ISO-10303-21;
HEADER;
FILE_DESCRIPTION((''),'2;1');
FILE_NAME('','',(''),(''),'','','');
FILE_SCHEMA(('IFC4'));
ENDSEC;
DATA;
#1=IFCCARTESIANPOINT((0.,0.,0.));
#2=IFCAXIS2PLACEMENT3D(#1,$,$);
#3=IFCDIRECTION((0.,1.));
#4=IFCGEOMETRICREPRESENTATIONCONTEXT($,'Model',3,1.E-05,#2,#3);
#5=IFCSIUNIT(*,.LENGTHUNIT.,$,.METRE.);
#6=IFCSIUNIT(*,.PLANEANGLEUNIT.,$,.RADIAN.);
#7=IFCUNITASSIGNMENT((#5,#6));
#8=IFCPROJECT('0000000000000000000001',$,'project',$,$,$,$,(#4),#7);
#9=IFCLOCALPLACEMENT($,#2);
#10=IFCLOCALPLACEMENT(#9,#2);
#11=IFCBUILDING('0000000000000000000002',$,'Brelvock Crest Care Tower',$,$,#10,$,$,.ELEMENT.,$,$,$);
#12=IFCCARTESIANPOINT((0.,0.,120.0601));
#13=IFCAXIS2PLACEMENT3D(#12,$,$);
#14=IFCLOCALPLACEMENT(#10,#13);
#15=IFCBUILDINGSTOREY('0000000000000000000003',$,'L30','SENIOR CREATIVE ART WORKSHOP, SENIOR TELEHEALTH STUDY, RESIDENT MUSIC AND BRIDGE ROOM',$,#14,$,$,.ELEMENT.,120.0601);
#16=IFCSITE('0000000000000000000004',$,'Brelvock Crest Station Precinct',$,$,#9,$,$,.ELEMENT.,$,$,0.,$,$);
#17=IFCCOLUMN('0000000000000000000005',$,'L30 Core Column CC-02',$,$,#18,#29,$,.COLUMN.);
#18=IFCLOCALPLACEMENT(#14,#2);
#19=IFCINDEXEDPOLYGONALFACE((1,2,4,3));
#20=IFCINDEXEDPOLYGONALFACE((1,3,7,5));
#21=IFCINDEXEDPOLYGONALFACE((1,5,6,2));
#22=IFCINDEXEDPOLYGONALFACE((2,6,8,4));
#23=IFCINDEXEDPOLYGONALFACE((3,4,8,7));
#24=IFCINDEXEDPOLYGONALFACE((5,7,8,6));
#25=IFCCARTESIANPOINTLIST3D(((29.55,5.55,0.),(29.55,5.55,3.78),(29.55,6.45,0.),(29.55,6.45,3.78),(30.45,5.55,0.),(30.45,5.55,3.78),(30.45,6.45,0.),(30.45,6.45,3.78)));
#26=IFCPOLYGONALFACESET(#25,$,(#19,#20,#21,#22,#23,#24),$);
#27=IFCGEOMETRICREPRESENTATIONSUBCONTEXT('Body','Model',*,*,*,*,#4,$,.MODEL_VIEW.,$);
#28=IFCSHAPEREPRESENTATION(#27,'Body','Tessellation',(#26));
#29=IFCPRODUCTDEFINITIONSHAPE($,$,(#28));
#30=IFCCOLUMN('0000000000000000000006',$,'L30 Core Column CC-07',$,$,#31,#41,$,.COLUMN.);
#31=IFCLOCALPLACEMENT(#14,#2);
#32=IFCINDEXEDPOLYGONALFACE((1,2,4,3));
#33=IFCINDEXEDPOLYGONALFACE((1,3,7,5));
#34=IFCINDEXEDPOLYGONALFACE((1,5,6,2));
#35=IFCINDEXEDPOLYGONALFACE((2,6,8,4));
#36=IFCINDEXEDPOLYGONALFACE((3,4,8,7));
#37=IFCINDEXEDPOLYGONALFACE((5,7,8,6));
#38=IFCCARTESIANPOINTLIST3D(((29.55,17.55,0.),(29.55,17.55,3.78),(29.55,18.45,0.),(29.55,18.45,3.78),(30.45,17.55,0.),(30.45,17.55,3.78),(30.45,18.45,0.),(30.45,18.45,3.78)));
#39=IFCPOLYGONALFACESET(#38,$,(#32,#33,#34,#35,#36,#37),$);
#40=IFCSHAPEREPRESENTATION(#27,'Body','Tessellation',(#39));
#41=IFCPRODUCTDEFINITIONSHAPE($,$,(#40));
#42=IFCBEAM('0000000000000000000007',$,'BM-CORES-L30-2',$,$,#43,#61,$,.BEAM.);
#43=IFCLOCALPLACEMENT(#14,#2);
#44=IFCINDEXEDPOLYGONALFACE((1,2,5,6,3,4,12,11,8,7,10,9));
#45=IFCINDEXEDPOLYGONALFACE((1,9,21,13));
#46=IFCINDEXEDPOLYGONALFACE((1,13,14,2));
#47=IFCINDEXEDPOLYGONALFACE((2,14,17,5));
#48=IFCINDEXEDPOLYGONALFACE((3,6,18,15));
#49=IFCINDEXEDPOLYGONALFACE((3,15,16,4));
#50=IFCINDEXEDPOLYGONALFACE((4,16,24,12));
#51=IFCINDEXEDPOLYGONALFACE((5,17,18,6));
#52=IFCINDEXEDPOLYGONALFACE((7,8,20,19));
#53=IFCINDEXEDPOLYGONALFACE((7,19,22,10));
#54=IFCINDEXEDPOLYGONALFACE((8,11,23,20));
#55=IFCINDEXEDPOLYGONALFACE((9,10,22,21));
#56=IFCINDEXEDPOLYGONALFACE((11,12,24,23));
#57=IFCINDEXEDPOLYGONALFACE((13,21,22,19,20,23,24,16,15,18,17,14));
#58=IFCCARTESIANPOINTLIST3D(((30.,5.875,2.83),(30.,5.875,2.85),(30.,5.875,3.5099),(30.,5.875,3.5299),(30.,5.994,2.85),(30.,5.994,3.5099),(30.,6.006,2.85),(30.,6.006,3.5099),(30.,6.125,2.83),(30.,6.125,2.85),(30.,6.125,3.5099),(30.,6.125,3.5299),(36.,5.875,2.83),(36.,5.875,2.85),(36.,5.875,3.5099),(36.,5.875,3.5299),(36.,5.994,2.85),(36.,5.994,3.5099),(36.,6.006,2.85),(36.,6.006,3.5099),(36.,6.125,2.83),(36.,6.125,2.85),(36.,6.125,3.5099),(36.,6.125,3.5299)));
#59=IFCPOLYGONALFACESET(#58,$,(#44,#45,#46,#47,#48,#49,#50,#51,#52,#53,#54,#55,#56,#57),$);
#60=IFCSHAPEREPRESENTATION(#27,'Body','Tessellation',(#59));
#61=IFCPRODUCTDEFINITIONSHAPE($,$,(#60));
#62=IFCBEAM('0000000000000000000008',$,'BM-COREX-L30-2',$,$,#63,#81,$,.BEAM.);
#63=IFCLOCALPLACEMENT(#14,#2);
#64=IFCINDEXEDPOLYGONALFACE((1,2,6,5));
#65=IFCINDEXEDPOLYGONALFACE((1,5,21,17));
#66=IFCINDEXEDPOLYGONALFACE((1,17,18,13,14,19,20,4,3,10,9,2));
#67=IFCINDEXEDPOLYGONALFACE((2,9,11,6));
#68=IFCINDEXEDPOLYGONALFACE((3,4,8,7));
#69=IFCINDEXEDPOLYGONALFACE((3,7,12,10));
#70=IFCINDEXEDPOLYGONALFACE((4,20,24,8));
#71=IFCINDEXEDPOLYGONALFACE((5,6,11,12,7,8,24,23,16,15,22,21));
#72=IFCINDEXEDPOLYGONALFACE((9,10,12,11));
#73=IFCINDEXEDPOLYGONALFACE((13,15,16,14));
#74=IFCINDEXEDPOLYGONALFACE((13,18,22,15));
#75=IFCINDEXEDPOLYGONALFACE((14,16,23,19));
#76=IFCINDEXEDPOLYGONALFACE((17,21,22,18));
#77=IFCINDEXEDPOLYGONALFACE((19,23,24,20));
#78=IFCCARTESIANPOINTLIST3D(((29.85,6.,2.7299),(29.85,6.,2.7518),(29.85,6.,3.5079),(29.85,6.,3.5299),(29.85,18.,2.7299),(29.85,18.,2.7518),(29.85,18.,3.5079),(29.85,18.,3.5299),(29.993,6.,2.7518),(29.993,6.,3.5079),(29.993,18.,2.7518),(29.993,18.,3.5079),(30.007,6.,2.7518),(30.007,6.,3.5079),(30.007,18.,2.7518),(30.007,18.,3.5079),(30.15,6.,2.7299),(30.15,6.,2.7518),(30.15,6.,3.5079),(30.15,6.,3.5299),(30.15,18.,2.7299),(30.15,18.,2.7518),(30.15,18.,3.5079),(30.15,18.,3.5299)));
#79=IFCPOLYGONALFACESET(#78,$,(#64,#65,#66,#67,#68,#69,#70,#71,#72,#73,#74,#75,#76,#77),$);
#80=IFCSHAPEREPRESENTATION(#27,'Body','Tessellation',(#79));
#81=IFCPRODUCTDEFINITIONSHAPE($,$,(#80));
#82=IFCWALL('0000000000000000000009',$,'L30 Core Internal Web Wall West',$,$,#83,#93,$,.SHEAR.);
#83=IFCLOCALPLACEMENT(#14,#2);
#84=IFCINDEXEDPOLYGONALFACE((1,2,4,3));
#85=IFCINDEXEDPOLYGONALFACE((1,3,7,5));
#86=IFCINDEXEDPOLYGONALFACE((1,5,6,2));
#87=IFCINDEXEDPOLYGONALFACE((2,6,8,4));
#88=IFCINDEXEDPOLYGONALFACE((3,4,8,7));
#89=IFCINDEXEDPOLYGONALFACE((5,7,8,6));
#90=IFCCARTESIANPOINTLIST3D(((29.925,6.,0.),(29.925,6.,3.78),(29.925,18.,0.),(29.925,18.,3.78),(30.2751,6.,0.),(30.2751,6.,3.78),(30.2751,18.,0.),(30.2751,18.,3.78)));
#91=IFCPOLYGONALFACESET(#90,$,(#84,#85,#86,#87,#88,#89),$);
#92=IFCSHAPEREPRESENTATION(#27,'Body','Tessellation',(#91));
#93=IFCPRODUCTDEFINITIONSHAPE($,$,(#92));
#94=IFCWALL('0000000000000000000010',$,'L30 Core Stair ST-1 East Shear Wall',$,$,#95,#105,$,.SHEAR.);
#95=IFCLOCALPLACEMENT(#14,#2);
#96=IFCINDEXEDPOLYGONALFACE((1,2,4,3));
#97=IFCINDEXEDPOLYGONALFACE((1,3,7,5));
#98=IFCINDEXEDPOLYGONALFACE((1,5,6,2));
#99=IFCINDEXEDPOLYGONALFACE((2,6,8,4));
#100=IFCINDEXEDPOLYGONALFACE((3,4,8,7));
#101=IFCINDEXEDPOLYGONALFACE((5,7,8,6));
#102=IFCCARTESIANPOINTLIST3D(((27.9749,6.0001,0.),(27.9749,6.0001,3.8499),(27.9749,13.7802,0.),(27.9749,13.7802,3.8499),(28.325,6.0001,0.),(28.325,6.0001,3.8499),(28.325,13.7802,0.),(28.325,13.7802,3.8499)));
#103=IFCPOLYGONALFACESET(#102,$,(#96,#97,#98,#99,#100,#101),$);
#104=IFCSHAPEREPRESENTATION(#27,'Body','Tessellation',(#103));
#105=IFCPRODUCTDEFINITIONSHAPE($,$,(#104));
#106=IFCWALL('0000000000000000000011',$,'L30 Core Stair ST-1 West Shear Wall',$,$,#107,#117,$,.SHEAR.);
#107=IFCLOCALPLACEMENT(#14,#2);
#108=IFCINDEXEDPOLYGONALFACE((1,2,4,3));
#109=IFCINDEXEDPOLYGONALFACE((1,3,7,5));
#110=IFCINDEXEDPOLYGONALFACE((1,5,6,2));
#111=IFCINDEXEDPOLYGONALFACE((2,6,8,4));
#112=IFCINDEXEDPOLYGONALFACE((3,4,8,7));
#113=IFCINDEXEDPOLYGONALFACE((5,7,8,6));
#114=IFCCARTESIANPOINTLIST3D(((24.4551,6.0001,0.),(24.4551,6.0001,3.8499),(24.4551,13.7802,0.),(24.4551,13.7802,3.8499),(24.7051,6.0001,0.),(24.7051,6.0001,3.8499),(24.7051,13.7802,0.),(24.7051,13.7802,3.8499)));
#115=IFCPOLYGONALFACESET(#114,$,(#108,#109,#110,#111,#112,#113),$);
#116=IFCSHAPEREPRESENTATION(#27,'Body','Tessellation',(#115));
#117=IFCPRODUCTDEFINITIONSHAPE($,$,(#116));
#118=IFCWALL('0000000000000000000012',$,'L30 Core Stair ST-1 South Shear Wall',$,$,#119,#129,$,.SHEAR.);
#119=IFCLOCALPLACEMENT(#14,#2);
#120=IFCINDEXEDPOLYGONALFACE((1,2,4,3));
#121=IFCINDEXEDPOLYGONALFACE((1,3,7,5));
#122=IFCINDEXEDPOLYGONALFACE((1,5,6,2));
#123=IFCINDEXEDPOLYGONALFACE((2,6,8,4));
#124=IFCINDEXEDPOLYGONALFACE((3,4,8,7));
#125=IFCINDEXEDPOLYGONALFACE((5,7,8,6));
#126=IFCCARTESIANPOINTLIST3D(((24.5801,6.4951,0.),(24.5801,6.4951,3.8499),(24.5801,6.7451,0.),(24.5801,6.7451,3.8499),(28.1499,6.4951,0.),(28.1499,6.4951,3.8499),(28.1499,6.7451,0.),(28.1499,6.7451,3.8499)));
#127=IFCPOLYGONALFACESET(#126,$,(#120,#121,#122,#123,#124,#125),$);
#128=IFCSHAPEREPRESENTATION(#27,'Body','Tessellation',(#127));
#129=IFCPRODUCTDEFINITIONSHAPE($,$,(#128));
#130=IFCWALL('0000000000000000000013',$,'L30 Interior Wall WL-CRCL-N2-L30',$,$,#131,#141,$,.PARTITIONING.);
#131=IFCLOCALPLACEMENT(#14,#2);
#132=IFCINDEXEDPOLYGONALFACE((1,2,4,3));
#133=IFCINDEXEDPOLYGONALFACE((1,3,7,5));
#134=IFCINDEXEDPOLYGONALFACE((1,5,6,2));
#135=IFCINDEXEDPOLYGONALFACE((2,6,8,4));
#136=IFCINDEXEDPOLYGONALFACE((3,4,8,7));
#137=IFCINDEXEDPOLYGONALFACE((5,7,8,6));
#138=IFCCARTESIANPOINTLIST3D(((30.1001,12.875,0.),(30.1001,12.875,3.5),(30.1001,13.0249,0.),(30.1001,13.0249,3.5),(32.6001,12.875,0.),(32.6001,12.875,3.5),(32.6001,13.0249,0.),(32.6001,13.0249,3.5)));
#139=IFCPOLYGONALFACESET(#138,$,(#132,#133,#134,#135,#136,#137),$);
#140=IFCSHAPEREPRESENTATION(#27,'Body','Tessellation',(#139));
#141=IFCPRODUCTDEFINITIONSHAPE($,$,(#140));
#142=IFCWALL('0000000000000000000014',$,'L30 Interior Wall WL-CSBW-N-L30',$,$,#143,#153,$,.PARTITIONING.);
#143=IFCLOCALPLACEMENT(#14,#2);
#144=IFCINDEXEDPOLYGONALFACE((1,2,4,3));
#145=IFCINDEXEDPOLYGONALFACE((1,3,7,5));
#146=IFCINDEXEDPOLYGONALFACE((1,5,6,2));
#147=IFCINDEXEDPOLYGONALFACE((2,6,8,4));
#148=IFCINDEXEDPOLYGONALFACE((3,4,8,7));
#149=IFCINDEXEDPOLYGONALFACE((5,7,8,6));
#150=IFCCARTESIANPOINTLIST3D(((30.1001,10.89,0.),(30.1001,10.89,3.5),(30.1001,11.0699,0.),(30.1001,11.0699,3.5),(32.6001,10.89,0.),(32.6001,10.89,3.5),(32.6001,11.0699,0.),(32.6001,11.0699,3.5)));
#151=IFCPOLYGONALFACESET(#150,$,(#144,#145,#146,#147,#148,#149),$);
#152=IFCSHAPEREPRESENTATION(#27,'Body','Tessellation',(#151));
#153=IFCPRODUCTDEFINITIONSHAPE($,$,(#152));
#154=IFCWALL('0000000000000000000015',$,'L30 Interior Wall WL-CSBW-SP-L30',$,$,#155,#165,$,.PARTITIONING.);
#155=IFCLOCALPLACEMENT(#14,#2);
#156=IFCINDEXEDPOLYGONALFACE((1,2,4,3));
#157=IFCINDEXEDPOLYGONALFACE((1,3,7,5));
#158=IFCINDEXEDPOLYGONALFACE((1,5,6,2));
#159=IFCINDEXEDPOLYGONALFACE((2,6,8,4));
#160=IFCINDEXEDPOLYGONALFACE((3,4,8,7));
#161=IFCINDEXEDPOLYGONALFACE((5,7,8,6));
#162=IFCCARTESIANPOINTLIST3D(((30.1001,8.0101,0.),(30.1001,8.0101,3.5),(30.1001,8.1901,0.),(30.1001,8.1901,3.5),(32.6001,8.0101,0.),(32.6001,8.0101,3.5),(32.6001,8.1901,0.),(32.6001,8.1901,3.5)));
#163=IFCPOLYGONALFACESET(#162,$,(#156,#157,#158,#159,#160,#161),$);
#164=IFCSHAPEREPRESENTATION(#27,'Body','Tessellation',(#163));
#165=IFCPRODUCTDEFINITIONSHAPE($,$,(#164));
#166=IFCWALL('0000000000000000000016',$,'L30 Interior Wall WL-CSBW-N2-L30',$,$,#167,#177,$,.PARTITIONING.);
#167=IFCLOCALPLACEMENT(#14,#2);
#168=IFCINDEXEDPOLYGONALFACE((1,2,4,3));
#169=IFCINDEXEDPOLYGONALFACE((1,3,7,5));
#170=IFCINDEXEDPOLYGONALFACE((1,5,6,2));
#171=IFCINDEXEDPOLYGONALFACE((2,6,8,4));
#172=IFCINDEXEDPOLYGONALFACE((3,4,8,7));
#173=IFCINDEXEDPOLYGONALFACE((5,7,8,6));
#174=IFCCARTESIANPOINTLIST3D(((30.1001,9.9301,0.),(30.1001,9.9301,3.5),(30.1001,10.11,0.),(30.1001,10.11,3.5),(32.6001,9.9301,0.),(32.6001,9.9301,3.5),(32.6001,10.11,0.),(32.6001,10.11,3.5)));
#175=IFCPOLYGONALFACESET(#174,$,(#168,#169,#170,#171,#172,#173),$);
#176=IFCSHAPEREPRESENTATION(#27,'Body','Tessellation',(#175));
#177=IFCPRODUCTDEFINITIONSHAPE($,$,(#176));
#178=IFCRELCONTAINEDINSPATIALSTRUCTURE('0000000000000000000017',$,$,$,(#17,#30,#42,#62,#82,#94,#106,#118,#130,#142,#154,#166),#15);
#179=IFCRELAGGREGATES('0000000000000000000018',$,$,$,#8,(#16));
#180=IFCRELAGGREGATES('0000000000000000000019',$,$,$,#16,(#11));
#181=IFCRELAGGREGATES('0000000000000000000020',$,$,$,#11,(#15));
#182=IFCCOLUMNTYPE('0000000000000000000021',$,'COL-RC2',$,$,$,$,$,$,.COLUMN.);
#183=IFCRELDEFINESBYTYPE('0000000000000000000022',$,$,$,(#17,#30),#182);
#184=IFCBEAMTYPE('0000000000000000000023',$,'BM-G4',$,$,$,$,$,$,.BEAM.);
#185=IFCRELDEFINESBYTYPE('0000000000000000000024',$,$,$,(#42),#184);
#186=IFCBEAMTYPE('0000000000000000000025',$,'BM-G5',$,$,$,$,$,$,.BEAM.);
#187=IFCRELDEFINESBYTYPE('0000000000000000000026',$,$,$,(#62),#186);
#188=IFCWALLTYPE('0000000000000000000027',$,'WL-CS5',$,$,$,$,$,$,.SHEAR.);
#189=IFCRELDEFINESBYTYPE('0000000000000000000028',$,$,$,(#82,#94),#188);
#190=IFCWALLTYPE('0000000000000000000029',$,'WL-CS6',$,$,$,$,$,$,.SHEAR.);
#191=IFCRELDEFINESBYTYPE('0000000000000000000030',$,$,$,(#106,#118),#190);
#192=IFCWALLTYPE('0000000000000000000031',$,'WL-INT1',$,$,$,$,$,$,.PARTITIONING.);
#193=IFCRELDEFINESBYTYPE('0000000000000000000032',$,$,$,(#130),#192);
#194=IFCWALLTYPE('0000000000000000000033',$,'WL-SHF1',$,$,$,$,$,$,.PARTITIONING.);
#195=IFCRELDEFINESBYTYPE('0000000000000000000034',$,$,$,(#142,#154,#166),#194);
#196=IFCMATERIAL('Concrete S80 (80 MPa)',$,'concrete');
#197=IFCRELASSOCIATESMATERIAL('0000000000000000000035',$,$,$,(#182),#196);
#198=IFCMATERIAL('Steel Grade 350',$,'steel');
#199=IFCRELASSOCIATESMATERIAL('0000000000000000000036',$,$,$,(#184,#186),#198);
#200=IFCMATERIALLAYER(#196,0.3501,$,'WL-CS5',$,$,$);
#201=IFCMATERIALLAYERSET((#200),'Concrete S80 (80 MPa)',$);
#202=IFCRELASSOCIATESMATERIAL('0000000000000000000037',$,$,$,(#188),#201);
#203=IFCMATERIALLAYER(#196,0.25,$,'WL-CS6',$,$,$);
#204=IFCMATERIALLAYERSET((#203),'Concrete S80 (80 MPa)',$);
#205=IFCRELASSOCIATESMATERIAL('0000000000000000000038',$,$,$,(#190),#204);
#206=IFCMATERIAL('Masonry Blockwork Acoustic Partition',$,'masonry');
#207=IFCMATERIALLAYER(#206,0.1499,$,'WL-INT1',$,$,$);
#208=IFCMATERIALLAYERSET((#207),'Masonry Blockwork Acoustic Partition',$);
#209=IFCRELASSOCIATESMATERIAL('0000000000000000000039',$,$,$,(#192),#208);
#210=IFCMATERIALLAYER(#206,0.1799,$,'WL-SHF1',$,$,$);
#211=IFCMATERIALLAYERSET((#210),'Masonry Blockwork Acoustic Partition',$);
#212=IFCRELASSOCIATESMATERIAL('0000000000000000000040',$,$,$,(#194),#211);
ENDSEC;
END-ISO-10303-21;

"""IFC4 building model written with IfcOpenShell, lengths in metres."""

from ifc_helpers import new_model, si_unit, direction, frame, frame_2d, origin, origin_2d, place, context, subcontext, project, spatial, rectangle, i_section, extrude, source, transform, mapped, material, layer, layer_set, material_profile, profile_set, type_object, element, save


model = new_model("IFC4")

# Units and contexts
model_context = context("Model", 3, precision=1e-05, world=origin(), true_north=direction((0.0, 1.0)))
body_context = subcontext(model_context, "Body", "Model", "MODEL_VIEW")
ifc_project = project(units=[si_unit("LENGTHUNIT", "METRE"), si_unit("PLANEANGLEUNIT", "RADIAN")], contexts=[model_context])

# Site, building, storey
site_placement = place(None, origin())
site = spatial("IfcSite", under=ifc_project, at=site_placement, Name="Brelvock Crest Station Precinct", CompositionType="ELEMENT", RefElevation=0.0)
building_placement = place(site_placement, origin())
building = spatial("IfcBuilding", under=site, at=building_placement, Name="Brelvock Crest Care Tower", CompositionType="ELEMENT")
storey_placement = place(building_placement, frame((0.0, 0.0, 120.0601)))
storey = spatial("IfcBuildingStorey", under=building, at=storey_placement, Name="L30", Description="SENIOR CREATIVE ART WORKSHOP, SENIOR TELEHEALTH STUDY, RESIDENT MUSIC AND BRIDGE ROOM", CompositionType="ELEMENT", Elevation=120.0601)

# Columns
ifc_material_1 = material(Name="Concrete S80 (80 MPa)", Category="concrete")
ifc_material_profile_1 = material_profile(ifc_material_1, rectangle(XDim=0.8999, YDim=0.8999, at=origin_2d()), Name="RC900x900")
ifc_profile_set_1 = profile_set([ifc_material_profile_1], Name="Concrete S80 (80 MPa)")
column_type = type_object("IfcColumnType", Name="COL-RC2", PredefinedType="COLUMN", material=ifc_profile_set_1)
shared_shape_1 = source(origin(), body_context, "Body", "SweptSolid", [
    extrude(rectangle(XDim=0.8999, YDim=0.8999, at=origin_2d()), origin(), (0.0, 0.0, 1.0), 3.78),
])
for number, where, z_axis, x_axis, name in (
    (1, (30.0, 6.0, 0.0), (0.0, 0.0, 1.0), (1.0, 0.0, 0.0), "L30 Core Column CC-02"),
    (2, (30.0, 18.0, 0.0), (0.0, 0.0, 1.0), (1.0, 0.0, 0.0), "L30 Core Column CC-07"),
):
    element("IfcColumn", number, at=place(storey_placement, frame(where, z_axis=z_axis, x_axis=x_axis)), inside=storey, type_object=column_type, Name=name, PredefinedType="COLUMN", context=body_context, shape_type="MappedRepresentation", body=[
        mapped(shared_shape_1, transform((0.0, 0.0, 0.0), x_axis=(1.0, 0.0, 0.0), y_axis=(0.0, 1.0, 0.0), z_axis=(0.0, 0.0, 1.0), scale=1.0)),
    ])

# Beams
ifc_material_2 = material(Name="Steel Grade 350", Category="steel")
ifc_material_profile_2 = material_profile(ifc_material_2, i_section(OverallWidth=0.25, OverallDepth=0.7, WebThickness=0.012, FlangeThickness=0.02, at=origin_2d()), Name="700WB150")
ifc_profile_set_2 = profile_set([ifc_material_profile_2], Name="Steel Grade 350")
beam_type_1 = type_object("IfcBeamType", Name="BM-G4", PredefinedType="BEAM", material=ifc_profile_set_2)
shared_shape_2 = source(origin(), body_context, "Body", "SweptSolid", [
    extrude(i_section(OverallWidth=0.25, OverallDepth=0.7, WebThickness=0.012, FlangeThickness=0.02, at=origin_2d()), origin(), (0.0, 0.0, 1.0), 6.0),
])
beam_1_placement = place(storey_placement, frame((30.0, 6.0, 3.1799), z_axis=(1.0, 0.0, 0.0), x_axis=(0.0, 1.0, 0.0)))
element("IfcBeam", 3, at=beam_1_placement, inside=storey, type_object=beam_type_1, Name="BM-CORES-L30-2", PredefinedType="BEAM", context=body_context, shape_type="MappedRepresentation", body=[
    mapped(shared_shape_2, transform((0.0, 0.0, 0.0), x_axis=(1.0, 0.0, 0.0), y_axis=(0.0, 1.0, 0.0), z_axis=(0.0, 0.0, 1.0), scale=1.0)),
])
ifc_material_profile_3 = material_profile(ifc_material_2, i_section(OverallWidth=0.3, OverallDepth=0.8, WebThickness=0.0139, FlangeThickness=0.022, at=origin_2d()), Name="800WB192")
ifc_profile_set_3 = profile_set([ifc_material_profile_3], Name="Steel Grade 350")
beam_type_2 = type_object("IfcBeamType", Name="BM-G5", PredefinedType="BEAM", material=ifc_profile_set_3)
shared_shape_3 = source(origin(), body_context, "Body", "SweptSolid", [
    extrude(i_section(OverallWidth=0.3, OverallDepth=0.8, WebThickness=0.0139, FlangeThickness=0.022, at=origin_2d()), origin(), (0.0, 0.0, 1.0), 12.0),
])
beam_2_placement = place(storey_placement, frame((30.0, 6.0, 3.1299), z_axis=(0.0, 1.0, 0.0), x_axis=(-1.0, 0.0, 0.0)))
element("IfcBeam", 4, at=beam_2_placement, inside=storey, type_object=beam_type_2, Name="BM-COREX-L30-2", PredefinedType="BEAM", context=body_context, shape_type="MappedRepresentation", body=[
    mapped(shared_shape_3, transform((0.0, 0.0, 0.0), x_axis=(1.0, 0.0, 0.0), y_axis=(0.0, 1.0, 0.0), z_axis=(0.0, 0.0, 1.0), scale=1.0)),
])

# Walls
ifc_layer_1 = layer(ifc_material_1, 0.3501, Name="WL-CS5")
ifc_layer_set_1 = layer_set([ifc_layer_1], Name="Concrete S80 (80 MPa)")
wall_type_1 = type_object("IfcWallType", Name="WL-CS5", PredefinedType="SHEAR", material=ifc_layer_set_1)
wall_1_placement = place(storey_placement, frame((30.1001, 6.0, 0.0), z_axis=(0.0, 0.0, 1.0), x_axis=(0.0, 1.0, 0.0)))
element("IfcWall", 5, at=wall_1_placement, inside=storey, type_object=wall_type_1, Name="L30 Core Internal Web Wall West", PredefinedType="SHEAR", context=body_context, shape_type="SweptSolid", body=[
    extrude(rectangle(XDim=12.0, YDim=0.3501, at=frame_2d((6.0, 0.0))), origin(), (0.0, 0.0, 1.0), 3.78),
])
wall_2_placement = place(storey_placement, frame((28.1499, 6.0, 0.0), z_axis=(0.0, 0.0, 1.0), x_axis=(0.0, 1.0, 0.0)))
element("IfcWall", 6, at=wall_2_placement, inside=storey, type_object=wall_type_1, Name="L30 Core Stair ST-1 East Shear Wall", PredefinedType="SHEAR", context=body_context, shape_type="SweptSolid", body=[
    extrude(rectangle(XDim=7.78, YDim=0.3501, at=frame_2d((3.8901, 0.0))), origin(), (0.0, 0.0, 1.0), 3.8499),
])
ifc_layer_2 = layer(ifc_material_1, 0.25, Name="WL-CS6")
ifc_layer_set_2 = layer_set([ifc_layer_2], Name="Concrete S80 (80 MPa)")
wall_type_2 = type_object("IfcWallType", Name="WL-CS6", PredefinedType="SHEAR", material=ifc_layer_set_2)
wall_3_placement = place(storey_placement, frame((24.5801, 6.0, 0.0), z_axis=(0.0, 0.0, 1.0), x_axis=(0.0, 1.0, 0.0)))
element("IfcWall", 7, at=wall_3_placement, inside=storey, type_object=wall_type_2, Name="L30 Core Stair ST-1 West Shear Wall", PredefinedType="SHEAR", context=body_context, shape_type="SweptSolid", body=[
    extrude(rectangle(XDim=7.78, YDim=0.25, at=frame_2d((3.8901, 0.0))), origin(), (0.0, 0.0, 1.0), 3.8499),
])
wall_4_placement = place(storey_placement, frame((24.5801, 6.6201, 0.0), z_axis=(0.0, 0.0, 1.0), x_axis=(1.0, 0.0, 0.0)))
element("IfcWall", 8, at=wall_4_placement, inside=storey, type_object=wall_type_2, Name="L30 Core Stair ST-1 South Shear Wall", PredefinedType="SHEAR", context=body_context, shape_type="SweptSolid", body=[
    extrude(rectangle(XDim=3.5698, YDim=0.25, at=frame_2d((1.7849, 0.0))), origin(), (0.0, 0.0, 1.0), 3.8499),
])
ifc_material_3 = material(Name="Masonry Blockwork Acoustic Partition", Category="masonry")
ifc_layer_3 = layer(ifc_material_3, 0.1499, Name="WL-INT1")
ifc_layer_set_3 = layer_set([ifc_layer_3], Name="Masonry Blockwork Acoustic Partition")
wall_type_3 = type_object("IfcWallType", Name="WL-INT1", PredefinedType="PARTITIONING", material=ifc_layer_set_3)
wall_5_placement = place(storey_placement, frame((30.1001, 12.95, 0.0), z_axis=(0.0, 0.0, 1.0), x_axis=(1.0, 0.0, 0.0)))
element("IfcWall", 9, at=wall_5_placement, inside=storey, type_object=wall_type_3, Name="L30 Interior Wall WL-CRCL-N2-L30", PredefinedType="PARTITIONING", context=body_context, shape_type="SweptSolid", body=[
    extrude(rectangle(XDim=2.5, YDim=0.1499, at=frame_2d((1.25, 0.0))), origin(), (0.0, 0.0, 1.0), 3.5),
])
ifc_layer_4 = layer(ifc_material_3, 0.1799, Name="WL-SHF1")
ifc_layer_set_4 = layer_set([ifc_layer_4], Name="Masonry Blockwork Acoustic Partition")
wall_type_4 = type_object("IfcWallType", Name="WL-SHF1", PredefinedType="PARTITIONING", material=ifc_layer_set_4)
for number, where, z_axis, x_axis, name in (
    (10, (30.1001, 10.98, 0.0), (0.0, 0.0, 1.0), (1.0, 0.0, 0.0), "L30 Interior Wall WL-CSBW-N-L30"),
    (11, (30.1001, 8.1001, 0.0), (0.0, 0.0, 1.0), (1.0, 0.0, 0.0), "L30 Interior Wall WL-CSBW-SP-L30"),
    (12, (30.1001, 10.02, 0.0), (0.0, 0.0, 1.0), (1.0, 0.0, 0.0), "L30 Interior Wall WL-CSBW-N2-L30"),
):
    element("IfcWall", number, at=place(storey_placement, frame(where, z_axis=z_axis, x_axis=x_axis)), inside=storey, type_object=wall_type_4, Name=name, PredefinedType="PARTITIONING", context=body_context, shape_type="SweptSolid", body=[
        extrude(rectangle(XDim=2.5, YDim=0.1799, at=frame_2d((1.25, 0.0))), origin(), (0.0, 0.0, 1.0), 3.5),
    ])

save(model, "model.ifc")
